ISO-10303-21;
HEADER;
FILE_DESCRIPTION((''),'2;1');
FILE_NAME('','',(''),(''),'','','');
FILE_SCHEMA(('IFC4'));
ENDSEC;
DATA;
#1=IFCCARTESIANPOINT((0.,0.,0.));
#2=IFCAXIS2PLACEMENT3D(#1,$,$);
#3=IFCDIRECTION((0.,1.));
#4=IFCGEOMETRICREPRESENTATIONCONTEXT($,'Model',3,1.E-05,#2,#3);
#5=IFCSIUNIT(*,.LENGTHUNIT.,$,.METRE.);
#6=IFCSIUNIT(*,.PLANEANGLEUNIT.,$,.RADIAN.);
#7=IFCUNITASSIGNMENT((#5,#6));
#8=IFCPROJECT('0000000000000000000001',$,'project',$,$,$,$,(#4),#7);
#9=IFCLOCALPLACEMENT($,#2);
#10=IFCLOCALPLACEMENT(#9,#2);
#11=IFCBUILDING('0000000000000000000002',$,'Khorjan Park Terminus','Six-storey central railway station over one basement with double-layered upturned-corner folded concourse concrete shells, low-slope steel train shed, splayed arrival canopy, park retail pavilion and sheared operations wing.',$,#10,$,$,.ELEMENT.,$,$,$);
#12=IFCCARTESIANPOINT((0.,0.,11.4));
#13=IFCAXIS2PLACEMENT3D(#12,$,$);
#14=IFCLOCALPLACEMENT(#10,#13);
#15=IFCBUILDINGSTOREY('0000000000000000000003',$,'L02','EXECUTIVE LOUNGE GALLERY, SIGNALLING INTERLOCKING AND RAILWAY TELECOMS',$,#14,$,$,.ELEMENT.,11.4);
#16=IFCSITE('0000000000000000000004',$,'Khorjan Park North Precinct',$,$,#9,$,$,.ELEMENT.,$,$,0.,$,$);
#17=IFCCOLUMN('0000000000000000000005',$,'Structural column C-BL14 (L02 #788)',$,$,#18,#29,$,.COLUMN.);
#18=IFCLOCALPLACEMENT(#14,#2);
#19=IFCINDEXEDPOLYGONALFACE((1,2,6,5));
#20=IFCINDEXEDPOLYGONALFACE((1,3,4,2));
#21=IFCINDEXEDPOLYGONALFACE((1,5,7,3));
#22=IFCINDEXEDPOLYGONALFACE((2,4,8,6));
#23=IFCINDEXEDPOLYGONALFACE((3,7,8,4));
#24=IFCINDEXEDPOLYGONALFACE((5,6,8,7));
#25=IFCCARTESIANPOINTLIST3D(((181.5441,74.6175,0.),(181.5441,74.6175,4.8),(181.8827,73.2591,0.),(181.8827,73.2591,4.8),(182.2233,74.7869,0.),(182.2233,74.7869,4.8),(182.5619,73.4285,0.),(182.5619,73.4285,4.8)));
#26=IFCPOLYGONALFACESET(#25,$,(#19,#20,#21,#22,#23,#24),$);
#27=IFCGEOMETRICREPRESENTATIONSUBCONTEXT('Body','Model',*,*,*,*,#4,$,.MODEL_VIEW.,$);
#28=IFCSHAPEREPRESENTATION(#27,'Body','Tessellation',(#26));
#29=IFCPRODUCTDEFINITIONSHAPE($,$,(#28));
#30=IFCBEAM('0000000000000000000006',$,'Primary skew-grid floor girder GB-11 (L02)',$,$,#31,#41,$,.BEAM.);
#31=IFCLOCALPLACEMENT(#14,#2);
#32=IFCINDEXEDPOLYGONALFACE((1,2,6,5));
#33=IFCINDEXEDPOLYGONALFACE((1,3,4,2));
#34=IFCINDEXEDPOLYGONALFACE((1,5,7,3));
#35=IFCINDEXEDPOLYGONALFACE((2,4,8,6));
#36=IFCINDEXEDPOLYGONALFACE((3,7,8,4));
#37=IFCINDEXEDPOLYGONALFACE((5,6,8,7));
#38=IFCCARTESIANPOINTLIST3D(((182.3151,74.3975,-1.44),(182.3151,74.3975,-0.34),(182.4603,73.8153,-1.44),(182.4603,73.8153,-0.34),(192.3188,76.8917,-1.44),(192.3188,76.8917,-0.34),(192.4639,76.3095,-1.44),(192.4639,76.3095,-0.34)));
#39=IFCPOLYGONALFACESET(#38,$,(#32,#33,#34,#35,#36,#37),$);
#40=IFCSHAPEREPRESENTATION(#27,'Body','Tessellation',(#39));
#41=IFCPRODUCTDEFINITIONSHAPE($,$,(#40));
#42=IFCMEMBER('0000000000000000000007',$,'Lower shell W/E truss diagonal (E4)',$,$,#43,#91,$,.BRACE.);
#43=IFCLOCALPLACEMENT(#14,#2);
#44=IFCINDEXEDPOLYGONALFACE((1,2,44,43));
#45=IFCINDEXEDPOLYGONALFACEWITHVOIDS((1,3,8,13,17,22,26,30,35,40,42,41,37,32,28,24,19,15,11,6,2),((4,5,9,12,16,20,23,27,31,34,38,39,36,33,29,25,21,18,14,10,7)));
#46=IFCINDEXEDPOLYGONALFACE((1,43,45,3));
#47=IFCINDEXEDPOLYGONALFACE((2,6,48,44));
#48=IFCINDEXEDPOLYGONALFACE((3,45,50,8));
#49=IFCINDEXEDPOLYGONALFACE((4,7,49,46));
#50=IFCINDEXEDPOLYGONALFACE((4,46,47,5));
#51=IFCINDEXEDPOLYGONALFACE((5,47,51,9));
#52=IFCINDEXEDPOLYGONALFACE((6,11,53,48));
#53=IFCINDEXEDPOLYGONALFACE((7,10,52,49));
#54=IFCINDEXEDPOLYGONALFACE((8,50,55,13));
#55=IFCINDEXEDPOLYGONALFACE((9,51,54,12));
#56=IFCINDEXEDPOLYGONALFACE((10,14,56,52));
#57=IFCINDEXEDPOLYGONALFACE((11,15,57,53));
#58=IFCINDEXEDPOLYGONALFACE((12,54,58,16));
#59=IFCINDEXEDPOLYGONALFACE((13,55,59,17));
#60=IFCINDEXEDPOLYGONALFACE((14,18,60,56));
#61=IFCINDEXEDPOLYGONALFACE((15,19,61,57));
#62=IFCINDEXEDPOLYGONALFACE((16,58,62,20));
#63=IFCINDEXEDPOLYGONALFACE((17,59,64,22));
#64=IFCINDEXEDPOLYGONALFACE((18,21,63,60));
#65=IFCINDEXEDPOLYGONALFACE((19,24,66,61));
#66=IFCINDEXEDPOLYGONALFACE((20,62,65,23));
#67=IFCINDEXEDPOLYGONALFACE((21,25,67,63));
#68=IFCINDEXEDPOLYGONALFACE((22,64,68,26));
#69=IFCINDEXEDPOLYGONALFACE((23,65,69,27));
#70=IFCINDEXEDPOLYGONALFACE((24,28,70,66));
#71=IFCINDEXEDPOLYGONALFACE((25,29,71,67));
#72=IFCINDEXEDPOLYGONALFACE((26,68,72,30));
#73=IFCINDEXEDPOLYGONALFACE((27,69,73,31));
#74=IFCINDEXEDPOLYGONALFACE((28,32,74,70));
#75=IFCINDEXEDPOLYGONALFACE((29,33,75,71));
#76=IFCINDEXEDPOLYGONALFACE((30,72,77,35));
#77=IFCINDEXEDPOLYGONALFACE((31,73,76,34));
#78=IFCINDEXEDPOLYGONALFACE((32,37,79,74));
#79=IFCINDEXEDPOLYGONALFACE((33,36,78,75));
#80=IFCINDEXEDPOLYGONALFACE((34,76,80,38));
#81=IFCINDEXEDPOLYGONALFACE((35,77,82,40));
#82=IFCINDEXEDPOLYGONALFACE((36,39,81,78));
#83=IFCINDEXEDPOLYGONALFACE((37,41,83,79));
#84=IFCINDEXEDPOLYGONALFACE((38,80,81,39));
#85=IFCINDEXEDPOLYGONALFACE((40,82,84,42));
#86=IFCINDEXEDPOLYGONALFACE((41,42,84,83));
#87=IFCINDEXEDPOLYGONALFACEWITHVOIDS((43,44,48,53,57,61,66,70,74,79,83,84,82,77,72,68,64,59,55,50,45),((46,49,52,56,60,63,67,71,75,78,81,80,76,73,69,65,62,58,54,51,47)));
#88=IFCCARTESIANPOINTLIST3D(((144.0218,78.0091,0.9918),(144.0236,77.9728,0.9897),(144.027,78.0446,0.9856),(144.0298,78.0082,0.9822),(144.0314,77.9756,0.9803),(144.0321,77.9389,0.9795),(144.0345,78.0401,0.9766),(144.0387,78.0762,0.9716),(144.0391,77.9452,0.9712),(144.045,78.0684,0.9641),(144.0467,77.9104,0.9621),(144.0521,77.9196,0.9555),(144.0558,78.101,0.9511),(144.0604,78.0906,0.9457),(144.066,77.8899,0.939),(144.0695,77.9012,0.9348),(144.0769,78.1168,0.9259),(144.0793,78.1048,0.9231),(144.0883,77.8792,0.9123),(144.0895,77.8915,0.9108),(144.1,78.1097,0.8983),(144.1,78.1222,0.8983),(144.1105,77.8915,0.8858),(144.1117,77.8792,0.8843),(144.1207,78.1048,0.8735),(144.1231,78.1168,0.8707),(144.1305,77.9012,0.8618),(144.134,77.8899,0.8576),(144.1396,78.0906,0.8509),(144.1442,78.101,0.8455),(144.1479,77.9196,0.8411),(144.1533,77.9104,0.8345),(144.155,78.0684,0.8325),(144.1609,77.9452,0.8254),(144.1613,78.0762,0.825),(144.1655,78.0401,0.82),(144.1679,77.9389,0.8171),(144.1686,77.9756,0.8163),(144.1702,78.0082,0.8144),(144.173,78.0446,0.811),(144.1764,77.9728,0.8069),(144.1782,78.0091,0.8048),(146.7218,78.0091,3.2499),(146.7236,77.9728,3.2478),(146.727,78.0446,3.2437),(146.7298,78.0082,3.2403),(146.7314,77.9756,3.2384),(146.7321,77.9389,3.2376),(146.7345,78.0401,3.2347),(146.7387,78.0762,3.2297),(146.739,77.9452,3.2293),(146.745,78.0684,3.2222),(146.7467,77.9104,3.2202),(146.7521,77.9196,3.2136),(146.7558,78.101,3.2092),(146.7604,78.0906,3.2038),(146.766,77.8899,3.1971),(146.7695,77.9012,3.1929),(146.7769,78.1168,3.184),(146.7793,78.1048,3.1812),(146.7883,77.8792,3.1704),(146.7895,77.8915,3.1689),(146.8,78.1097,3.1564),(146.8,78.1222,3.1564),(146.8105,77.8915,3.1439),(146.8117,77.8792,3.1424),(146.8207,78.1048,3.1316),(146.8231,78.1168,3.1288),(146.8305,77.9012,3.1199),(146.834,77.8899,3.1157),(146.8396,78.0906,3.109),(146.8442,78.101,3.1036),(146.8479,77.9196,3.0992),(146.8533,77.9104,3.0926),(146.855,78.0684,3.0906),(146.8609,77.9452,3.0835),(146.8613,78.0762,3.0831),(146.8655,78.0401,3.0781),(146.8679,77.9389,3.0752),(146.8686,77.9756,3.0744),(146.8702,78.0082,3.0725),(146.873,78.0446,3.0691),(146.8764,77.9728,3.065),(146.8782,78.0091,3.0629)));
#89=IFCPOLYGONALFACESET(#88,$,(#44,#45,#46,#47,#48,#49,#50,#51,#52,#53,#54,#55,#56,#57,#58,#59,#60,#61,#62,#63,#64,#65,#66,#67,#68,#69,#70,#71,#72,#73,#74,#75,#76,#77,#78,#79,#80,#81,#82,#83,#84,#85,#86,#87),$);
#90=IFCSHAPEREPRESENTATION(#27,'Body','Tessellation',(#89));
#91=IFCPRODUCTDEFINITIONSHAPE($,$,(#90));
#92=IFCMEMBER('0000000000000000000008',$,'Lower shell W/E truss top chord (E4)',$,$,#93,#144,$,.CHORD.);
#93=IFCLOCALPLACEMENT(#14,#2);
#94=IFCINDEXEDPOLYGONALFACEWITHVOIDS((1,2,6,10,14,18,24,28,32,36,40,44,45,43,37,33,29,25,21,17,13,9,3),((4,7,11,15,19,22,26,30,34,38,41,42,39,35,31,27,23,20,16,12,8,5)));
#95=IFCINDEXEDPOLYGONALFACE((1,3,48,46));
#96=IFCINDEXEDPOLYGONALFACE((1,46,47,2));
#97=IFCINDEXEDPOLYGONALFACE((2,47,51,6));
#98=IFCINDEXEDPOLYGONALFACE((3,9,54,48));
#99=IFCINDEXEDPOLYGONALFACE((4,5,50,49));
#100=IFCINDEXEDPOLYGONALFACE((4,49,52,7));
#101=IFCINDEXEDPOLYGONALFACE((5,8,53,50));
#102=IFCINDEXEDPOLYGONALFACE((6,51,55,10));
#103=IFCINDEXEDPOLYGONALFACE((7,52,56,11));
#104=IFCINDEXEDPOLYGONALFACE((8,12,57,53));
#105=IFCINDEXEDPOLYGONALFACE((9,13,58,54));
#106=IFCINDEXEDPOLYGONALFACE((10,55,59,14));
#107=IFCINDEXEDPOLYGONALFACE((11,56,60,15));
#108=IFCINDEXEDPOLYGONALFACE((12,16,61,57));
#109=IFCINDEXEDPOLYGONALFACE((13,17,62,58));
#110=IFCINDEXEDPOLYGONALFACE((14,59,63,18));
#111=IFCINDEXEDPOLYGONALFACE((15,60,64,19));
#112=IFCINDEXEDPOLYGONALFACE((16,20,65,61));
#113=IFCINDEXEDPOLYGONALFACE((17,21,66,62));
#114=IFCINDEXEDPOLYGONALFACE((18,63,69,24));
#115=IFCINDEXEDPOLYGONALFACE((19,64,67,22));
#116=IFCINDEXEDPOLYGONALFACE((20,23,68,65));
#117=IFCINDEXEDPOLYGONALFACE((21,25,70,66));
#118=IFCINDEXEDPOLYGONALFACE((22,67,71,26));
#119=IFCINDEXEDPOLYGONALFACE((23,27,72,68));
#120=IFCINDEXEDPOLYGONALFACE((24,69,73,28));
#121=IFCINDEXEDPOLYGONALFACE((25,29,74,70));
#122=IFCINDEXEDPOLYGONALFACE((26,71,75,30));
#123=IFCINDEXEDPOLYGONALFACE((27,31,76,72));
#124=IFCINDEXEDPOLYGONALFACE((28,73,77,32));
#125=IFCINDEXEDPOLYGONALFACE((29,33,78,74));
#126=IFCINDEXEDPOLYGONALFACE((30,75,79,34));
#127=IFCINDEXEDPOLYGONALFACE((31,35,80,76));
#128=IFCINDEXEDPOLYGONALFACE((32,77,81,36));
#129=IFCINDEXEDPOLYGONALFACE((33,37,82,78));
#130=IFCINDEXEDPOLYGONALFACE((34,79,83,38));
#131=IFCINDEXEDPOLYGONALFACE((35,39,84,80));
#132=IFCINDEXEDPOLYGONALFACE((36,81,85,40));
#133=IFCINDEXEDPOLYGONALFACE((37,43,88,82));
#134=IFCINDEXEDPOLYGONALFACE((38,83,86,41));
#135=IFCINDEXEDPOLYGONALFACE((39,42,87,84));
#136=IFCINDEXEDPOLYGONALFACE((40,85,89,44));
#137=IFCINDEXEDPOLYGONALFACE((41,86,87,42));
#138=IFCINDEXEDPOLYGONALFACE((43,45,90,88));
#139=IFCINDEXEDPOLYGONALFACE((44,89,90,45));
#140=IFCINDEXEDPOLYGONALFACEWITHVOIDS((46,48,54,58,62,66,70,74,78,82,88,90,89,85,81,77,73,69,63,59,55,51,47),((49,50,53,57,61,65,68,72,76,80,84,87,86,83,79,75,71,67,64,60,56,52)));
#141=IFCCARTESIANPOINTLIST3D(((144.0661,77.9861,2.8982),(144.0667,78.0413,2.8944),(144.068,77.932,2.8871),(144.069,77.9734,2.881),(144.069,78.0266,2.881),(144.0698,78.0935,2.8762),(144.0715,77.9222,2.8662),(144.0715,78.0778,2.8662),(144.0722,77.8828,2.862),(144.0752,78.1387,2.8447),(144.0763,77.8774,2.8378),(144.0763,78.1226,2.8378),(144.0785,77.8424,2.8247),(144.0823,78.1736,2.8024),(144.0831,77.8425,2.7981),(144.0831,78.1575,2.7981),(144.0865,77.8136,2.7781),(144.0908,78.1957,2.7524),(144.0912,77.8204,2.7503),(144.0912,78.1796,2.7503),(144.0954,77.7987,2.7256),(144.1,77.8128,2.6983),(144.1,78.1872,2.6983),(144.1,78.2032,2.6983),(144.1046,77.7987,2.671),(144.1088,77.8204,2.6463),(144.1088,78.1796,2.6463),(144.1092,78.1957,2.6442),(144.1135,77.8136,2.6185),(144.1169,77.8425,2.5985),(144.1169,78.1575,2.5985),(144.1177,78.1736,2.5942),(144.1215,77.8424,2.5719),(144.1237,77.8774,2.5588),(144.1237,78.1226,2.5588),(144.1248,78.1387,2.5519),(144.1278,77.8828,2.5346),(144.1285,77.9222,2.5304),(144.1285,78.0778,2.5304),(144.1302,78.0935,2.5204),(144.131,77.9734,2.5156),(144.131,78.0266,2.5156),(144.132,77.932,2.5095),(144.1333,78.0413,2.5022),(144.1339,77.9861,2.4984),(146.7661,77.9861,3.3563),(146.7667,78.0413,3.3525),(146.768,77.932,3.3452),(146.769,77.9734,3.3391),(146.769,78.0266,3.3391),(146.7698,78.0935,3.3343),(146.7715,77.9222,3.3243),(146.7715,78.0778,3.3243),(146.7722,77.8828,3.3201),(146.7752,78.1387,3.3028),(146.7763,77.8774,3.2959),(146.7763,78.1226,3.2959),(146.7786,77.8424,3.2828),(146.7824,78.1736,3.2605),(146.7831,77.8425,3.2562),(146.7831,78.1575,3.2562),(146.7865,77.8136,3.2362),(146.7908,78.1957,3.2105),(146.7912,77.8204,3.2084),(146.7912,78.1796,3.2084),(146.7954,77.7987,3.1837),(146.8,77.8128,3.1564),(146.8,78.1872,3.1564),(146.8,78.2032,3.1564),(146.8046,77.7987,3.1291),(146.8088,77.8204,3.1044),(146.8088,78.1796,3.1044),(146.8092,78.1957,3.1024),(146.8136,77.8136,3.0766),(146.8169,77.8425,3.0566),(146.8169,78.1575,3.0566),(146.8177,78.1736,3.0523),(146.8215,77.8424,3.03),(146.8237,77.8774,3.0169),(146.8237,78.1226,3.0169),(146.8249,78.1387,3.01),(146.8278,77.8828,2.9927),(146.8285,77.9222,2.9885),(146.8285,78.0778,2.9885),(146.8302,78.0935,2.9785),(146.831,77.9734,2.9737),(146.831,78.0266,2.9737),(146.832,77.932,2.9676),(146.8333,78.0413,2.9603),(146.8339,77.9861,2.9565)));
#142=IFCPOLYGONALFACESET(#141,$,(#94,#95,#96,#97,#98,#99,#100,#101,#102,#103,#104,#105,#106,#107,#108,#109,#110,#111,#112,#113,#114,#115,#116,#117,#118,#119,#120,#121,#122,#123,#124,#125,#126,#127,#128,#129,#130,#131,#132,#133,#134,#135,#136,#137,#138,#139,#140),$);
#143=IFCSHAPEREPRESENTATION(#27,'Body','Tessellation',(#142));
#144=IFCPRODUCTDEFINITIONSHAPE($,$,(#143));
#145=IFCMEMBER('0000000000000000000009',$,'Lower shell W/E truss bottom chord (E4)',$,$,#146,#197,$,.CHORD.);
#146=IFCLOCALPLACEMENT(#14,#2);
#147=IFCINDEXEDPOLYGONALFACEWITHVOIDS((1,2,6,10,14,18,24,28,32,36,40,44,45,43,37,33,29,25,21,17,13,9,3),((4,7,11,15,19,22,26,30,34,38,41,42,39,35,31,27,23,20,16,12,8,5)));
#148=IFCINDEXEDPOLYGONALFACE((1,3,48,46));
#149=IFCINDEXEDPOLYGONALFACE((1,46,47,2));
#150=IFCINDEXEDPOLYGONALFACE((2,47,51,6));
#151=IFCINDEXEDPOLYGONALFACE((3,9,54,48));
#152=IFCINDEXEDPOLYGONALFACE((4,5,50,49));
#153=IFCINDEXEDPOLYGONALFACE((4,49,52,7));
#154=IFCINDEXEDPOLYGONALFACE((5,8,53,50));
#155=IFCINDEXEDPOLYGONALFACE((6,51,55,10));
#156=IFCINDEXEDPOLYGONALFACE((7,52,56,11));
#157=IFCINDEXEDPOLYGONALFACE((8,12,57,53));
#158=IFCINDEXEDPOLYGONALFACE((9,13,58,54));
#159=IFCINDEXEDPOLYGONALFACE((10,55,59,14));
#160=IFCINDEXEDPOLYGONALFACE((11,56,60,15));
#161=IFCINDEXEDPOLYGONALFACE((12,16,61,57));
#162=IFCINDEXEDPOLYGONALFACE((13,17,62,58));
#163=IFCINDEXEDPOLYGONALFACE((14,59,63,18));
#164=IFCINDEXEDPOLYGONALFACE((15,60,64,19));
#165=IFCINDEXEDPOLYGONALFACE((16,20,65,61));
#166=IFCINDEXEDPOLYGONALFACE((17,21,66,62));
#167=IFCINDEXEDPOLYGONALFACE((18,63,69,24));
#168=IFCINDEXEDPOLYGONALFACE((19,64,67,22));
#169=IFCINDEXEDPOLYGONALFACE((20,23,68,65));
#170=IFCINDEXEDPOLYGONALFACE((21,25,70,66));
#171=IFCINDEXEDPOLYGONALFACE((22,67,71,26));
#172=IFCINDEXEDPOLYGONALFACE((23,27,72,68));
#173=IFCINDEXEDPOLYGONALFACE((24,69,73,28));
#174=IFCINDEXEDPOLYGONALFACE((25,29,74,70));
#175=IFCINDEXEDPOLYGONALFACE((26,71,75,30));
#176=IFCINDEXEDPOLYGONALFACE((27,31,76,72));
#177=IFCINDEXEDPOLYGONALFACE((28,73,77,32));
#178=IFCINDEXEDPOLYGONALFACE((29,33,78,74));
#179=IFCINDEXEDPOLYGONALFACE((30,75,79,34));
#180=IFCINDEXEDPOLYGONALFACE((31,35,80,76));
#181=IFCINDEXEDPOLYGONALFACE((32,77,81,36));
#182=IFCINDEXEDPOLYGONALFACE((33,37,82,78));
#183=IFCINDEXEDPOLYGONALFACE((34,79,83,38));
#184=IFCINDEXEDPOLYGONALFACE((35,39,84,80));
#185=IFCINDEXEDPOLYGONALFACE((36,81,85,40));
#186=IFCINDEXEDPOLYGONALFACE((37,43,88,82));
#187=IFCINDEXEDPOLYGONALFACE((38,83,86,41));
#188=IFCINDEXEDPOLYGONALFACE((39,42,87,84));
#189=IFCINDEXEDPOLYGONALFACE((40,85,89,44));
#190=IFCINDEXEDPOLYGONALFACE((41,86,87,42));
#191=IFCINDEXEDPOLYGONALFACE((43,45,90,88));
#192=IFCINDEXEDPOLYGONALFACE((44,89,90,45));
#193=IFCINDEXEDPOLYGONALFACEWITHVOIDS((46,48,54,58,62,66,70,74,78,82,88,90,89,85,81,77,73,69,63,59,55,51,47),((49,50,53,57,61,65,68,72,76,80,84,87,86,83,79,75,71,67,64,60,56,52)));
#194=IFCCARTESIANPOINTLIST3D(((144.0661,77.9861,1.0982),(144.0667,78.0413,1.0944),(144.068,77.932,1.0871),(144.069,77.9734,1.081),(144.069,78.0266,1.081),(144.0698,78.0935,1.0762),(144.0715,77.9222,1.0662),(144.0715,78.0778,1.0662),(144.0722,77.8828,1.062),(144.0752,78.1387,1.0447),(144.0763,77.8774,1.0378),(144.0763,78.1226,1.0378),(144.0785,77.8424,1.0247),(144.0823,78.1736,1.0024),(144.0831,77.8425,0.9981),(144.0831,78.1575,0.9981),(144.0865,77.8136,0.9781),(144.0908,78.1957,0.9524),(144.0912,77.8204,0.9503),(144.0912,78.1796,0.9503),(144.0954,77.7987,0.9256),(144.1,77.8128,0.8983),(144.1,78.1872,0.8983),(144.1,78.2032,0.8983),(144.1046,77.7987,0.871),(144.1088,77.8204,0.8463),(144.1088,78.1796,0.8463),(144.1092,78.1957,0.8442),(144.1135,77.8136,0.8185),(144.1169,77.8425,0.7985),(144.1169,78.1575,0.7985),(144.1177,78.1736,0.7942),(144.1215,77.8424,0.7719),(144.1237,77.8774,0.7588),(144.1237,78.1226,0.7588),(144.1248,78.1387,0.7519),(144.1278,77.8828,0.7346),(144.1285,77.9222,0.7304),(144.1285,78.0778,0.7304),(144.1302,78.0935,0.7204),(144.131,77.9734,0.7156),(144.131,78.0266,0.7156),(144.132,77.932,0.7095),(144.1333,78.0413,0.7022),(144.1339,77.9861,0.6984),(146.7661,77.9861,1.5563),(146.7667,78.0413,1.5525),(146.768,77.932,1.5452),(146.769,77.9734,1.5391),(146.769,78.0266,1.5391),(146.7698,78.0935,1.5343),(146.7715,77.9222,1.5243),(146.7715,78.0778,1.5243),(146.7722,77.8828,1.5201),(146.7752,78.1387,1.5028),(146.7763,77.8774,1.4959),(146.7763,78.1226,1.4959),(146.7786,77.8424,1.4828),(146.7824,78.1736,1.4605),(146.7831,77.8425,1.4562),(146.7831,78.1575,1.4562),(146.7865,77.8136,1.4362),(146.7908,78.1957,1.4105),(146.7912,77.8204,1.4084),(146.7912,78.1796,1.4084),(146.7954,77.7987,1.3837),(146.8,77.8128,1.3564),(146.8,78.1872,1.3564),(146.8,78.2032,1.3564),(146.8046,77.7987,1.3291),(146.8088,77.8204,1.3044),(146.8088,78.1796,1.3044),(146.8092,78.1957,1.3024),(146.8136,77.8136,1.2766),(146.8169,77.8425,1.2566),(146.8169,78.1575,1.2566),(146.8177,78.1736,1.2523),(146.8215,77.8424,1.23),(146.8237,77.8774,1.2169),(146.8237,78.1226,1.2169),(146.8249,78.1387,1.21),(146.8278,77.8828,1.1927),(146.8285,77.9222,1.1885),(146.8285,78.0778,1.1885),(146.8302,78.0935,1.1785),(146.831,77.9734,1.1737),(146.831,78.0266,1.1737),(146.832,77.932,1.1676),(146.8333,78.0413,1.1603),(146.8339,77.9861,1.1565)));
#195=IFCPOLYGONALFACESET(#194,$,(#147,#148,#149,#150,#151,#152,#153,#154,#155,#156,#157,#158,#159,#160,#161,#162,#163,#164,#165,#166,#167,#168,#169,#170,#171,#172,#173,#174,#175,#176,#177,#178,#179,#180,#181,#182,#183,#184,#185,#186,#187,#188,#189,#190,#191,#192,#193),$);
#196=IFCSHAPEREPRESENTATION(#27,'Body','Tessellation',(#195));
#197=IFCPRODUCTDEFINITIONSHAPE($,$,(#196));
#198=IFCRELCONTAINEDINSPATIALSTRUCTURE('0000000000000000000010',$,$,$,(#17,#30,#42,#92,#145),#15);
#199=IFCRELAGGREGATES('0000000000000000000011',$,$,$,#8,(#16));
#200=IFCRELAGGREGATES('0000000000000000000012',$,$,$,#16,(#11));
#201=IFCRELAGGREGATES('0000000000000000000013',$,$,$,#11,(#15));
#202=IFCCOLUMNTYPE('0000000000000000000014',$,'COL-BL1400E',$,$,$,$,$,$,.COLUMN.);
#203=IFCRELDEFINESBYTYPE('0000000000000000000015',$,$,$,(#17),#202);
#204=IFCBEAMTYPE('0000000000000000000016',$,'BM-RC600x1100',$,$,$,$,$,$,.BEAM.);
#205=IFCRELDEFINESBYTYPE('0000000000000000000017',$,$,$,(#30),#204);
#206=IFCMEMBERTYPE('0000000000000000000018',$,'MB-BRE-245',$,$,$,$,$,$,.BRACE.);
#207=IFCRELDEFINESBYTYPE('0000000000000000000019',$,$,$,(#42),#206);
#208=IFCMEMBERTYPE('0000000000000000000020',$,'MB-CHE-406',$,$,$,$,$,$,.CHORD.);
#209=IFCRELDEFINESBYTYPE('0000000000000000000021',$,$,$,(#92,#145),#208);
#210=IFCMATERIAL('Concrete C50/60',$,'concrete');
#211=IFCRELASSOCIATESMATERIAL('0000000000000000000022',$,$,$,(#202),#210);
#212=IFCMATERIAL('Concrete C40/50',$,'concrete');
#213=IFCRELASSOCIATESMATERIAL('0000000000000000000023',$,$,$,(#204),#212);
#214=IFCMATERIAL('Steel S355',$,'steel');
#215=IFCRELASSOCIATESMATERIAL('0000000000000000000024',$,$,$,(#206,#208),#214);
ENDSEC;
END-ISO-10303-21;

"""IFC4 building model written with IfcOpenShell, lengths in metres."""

from ifc_helpers import new_model, si_unit, direction, frame, origin, origin_2d, place, context, subcontext, project, spatial, rectangle, hollow_circle, extrude, material, material_profile, profile_set, type_object, element, save


model = new_model("IFC4")

# Units and contexts
model_context = context("Model", 3, precision=1e-05, world=origin(), true_north=direction((0.0, 1.0)))
body_context = subcontext(model_context, "Body", "Model", "MODEL_VIEW")
ifc_project = project(units=[si_unit("LENGTHUNIT", "METRE"), si_unit("PLANEANGLEUNIT", "RADIAN")], contexts=[model_context])

# Site, building, storey
site_placement = place(None, origin())
site = spatial("IfcSite", under=ifc_project, at=site_placement, Name="Khorjan Park North Precinct", CompositionType="ELEMENT", RefElevation=0.0)
building_placement = place(site_placement, origin())
building = spatial("IfcBuilding", under=site, at=building_placement, Name="Khorjan Park Terminus", Description="Six-storey central railway station over one basement with double-layered upturned-corner folded concourse concrete shells, low-slope steel train shed, splayed arrival canopy, park retail pavilion and sheared operations wing.", CompositionType="ELEMENT")
storey_placement = place(building_placement, frame((0.0, 0.0, 11.4)))
storey = spatial("IfcBuildingStorey", under=building, at=storey_placement, Name="L02", Description="EXECUTIVE LOUNGE GALLERY, SIGNALLING INTERLOCKING AND RAILWAY TELECOMS", CompositionType="ELEMENT", Elevation=11.4)

# Column
ifc_material_1 = material(Name="Concrete C50/60", Category="concrete")
ifc_material_profile_1 = material_profile(ifc_material_1, rectangle(XDim=0.7, YDim=1.4, at=origin_2d()), Name="RC 700x1400")
ifc_profile_set_1 = profile_set([ifc_material_profile_1], Name="Concrete C50/60")
column_type = type_object("IfcColumnType", Name="COL-BL1400E", PredefinedType="COLUMN", material=ifc_profile_set_1)
column_placement = place(storey_placement, frame((182.053, 74.023, 0.0), z_axis=(0.0, 0.0, 1.0), x_axis=(0.970296, 0.241922, 0.0)))
element("IfcColumn", 1, at=column_placement, inside=storey, type_object=column_type, Name="Structural column C-BL14 (L02 #788)", PredefinedType="COLUMN", context=body_context, shape_type="SweptSolid", body=[
    extrude(rectangle(XDim=0.7, YDim=1.4, at=origin_2d()), origin(), (0.0, 0.0, 1.0), 4.8),
])

# Beam
ifc_material_2 = material(Name="Concrete C40/50", Category="concrete")
ifc_material_profile_2 = material_profile(ifc_material_2, rectangle(XDim=0.6, YDim=1.1, at=origin_2d()), Name="RC 600x1100")
ifc_profile_set_2 = profile_set([ifc_material_profile_2], Name="Concrete C40/50")
beam_type_1 = type_object("IfcBeamType", Name="BM-RC600x1100", PredefinedType="BEAM", material=ifc_profile_set_2)
beam_1_placement = place(storey_placement, frame((182.3877, 74.1064, -0.89), z_axis=(0.970296, 0.241922, 0.0), x_axis=(-0.241922, 0.970296, 0.0)))
element("IfcBeam", 2, at=beam_1_placement, inside=storey, type_object=beam_type_1, Name="Primary skew-grid floor girder GB-11 (L02)", PredefinedType="BEAM", context=body_context, shape_type="SweptSolid", body=[
    extrude(rectangle(XDim=0.6, YDim=1.1, at=origin_2d()), origin(), (0.0, 0.0, 1.0), 10.3099),
])

# Members
ifc_material_3 = material(Name="Steel S355", Category="steel")
ifc_material_profile_3 = material_profile(ifc_material_3, hollow_circle(Radius=0.1222, WallThickness=0.0125, at=origin_2d()), Name="CHS 244.5x12.5")
ifc_profile_set_3 = profile_set([ifc_material_profile_3], Name="Steel S355")
member_type_1 = type_object("IfcMemberType", Name="MB-BRE-245", PredefinedType="BRACE", material=ifc_profile_set_3)
member_1_placement = place(storey_placement, frame((144.1, 78.0, 0.8983), z_axis=(0.767088, 0.0, 0.641542), x_axis=(0.0, 1.0, 0.0)))
element("IfcMember", 3, at=member_1_placement, inside=storey, type_object=member_type_1, Name="Lower shell W/E truss diagonal (E4)", PredefinedType="BRACE", context=body_context, shape_type="SweptSolid", body=[
    extrude(hollow_circle(Radius=0.1222, WallThickness=0.0125, at=origin_2d()), origin(), (0.0, 0.0, 1.0), 3.5198),
])
ifc_material_profile_4 = material_profile(ifc_material_3, hollow_circle(Radius=0.2032, WallThickness=0.016, at=origin_2d()), Name="CHS 406.4x16")
ifc_profile_set_4 = profile_set([ifc_material_profile_4], Name="Steel S355")
member_type_2 = type_object("IfcMemberType", Name="MB-CHE-406", PredefinedType="CHORD", material=ifc_profile_set_4)
for number, where, z_axis, x_axis, name in (
    (4, (144.1, 78.0, 2.6983), (0.98591, 0.0, 0.167276), (0.0, 1.0, 0.0), "Lower shell W/E truss top chord (E4)"),
    (5, (144.1, 78.0, 0.8983), (0.98591, 0.0, 0.167276), (0.0, 1.0, 0.0), "Lower shell W/E truss bottom chord (E4)"),
):
    element("IfcMember", number, at=place(storey_placement, frame(where, z_axis=z_axis, x_axis=x_axis)), inside=storey, type_object=member_type_2, Name=name, PredefinedType="CHORD", context=body_context, shape_type="SweptSolid", body=[
        extrude(hollow_circle(Radius=0.2032, WallThickness=0.016, at=origin_2d()), origin(), (0.0, 0.0, 1.0), 2.7386),
    ])

save(model, "model.ifc")
